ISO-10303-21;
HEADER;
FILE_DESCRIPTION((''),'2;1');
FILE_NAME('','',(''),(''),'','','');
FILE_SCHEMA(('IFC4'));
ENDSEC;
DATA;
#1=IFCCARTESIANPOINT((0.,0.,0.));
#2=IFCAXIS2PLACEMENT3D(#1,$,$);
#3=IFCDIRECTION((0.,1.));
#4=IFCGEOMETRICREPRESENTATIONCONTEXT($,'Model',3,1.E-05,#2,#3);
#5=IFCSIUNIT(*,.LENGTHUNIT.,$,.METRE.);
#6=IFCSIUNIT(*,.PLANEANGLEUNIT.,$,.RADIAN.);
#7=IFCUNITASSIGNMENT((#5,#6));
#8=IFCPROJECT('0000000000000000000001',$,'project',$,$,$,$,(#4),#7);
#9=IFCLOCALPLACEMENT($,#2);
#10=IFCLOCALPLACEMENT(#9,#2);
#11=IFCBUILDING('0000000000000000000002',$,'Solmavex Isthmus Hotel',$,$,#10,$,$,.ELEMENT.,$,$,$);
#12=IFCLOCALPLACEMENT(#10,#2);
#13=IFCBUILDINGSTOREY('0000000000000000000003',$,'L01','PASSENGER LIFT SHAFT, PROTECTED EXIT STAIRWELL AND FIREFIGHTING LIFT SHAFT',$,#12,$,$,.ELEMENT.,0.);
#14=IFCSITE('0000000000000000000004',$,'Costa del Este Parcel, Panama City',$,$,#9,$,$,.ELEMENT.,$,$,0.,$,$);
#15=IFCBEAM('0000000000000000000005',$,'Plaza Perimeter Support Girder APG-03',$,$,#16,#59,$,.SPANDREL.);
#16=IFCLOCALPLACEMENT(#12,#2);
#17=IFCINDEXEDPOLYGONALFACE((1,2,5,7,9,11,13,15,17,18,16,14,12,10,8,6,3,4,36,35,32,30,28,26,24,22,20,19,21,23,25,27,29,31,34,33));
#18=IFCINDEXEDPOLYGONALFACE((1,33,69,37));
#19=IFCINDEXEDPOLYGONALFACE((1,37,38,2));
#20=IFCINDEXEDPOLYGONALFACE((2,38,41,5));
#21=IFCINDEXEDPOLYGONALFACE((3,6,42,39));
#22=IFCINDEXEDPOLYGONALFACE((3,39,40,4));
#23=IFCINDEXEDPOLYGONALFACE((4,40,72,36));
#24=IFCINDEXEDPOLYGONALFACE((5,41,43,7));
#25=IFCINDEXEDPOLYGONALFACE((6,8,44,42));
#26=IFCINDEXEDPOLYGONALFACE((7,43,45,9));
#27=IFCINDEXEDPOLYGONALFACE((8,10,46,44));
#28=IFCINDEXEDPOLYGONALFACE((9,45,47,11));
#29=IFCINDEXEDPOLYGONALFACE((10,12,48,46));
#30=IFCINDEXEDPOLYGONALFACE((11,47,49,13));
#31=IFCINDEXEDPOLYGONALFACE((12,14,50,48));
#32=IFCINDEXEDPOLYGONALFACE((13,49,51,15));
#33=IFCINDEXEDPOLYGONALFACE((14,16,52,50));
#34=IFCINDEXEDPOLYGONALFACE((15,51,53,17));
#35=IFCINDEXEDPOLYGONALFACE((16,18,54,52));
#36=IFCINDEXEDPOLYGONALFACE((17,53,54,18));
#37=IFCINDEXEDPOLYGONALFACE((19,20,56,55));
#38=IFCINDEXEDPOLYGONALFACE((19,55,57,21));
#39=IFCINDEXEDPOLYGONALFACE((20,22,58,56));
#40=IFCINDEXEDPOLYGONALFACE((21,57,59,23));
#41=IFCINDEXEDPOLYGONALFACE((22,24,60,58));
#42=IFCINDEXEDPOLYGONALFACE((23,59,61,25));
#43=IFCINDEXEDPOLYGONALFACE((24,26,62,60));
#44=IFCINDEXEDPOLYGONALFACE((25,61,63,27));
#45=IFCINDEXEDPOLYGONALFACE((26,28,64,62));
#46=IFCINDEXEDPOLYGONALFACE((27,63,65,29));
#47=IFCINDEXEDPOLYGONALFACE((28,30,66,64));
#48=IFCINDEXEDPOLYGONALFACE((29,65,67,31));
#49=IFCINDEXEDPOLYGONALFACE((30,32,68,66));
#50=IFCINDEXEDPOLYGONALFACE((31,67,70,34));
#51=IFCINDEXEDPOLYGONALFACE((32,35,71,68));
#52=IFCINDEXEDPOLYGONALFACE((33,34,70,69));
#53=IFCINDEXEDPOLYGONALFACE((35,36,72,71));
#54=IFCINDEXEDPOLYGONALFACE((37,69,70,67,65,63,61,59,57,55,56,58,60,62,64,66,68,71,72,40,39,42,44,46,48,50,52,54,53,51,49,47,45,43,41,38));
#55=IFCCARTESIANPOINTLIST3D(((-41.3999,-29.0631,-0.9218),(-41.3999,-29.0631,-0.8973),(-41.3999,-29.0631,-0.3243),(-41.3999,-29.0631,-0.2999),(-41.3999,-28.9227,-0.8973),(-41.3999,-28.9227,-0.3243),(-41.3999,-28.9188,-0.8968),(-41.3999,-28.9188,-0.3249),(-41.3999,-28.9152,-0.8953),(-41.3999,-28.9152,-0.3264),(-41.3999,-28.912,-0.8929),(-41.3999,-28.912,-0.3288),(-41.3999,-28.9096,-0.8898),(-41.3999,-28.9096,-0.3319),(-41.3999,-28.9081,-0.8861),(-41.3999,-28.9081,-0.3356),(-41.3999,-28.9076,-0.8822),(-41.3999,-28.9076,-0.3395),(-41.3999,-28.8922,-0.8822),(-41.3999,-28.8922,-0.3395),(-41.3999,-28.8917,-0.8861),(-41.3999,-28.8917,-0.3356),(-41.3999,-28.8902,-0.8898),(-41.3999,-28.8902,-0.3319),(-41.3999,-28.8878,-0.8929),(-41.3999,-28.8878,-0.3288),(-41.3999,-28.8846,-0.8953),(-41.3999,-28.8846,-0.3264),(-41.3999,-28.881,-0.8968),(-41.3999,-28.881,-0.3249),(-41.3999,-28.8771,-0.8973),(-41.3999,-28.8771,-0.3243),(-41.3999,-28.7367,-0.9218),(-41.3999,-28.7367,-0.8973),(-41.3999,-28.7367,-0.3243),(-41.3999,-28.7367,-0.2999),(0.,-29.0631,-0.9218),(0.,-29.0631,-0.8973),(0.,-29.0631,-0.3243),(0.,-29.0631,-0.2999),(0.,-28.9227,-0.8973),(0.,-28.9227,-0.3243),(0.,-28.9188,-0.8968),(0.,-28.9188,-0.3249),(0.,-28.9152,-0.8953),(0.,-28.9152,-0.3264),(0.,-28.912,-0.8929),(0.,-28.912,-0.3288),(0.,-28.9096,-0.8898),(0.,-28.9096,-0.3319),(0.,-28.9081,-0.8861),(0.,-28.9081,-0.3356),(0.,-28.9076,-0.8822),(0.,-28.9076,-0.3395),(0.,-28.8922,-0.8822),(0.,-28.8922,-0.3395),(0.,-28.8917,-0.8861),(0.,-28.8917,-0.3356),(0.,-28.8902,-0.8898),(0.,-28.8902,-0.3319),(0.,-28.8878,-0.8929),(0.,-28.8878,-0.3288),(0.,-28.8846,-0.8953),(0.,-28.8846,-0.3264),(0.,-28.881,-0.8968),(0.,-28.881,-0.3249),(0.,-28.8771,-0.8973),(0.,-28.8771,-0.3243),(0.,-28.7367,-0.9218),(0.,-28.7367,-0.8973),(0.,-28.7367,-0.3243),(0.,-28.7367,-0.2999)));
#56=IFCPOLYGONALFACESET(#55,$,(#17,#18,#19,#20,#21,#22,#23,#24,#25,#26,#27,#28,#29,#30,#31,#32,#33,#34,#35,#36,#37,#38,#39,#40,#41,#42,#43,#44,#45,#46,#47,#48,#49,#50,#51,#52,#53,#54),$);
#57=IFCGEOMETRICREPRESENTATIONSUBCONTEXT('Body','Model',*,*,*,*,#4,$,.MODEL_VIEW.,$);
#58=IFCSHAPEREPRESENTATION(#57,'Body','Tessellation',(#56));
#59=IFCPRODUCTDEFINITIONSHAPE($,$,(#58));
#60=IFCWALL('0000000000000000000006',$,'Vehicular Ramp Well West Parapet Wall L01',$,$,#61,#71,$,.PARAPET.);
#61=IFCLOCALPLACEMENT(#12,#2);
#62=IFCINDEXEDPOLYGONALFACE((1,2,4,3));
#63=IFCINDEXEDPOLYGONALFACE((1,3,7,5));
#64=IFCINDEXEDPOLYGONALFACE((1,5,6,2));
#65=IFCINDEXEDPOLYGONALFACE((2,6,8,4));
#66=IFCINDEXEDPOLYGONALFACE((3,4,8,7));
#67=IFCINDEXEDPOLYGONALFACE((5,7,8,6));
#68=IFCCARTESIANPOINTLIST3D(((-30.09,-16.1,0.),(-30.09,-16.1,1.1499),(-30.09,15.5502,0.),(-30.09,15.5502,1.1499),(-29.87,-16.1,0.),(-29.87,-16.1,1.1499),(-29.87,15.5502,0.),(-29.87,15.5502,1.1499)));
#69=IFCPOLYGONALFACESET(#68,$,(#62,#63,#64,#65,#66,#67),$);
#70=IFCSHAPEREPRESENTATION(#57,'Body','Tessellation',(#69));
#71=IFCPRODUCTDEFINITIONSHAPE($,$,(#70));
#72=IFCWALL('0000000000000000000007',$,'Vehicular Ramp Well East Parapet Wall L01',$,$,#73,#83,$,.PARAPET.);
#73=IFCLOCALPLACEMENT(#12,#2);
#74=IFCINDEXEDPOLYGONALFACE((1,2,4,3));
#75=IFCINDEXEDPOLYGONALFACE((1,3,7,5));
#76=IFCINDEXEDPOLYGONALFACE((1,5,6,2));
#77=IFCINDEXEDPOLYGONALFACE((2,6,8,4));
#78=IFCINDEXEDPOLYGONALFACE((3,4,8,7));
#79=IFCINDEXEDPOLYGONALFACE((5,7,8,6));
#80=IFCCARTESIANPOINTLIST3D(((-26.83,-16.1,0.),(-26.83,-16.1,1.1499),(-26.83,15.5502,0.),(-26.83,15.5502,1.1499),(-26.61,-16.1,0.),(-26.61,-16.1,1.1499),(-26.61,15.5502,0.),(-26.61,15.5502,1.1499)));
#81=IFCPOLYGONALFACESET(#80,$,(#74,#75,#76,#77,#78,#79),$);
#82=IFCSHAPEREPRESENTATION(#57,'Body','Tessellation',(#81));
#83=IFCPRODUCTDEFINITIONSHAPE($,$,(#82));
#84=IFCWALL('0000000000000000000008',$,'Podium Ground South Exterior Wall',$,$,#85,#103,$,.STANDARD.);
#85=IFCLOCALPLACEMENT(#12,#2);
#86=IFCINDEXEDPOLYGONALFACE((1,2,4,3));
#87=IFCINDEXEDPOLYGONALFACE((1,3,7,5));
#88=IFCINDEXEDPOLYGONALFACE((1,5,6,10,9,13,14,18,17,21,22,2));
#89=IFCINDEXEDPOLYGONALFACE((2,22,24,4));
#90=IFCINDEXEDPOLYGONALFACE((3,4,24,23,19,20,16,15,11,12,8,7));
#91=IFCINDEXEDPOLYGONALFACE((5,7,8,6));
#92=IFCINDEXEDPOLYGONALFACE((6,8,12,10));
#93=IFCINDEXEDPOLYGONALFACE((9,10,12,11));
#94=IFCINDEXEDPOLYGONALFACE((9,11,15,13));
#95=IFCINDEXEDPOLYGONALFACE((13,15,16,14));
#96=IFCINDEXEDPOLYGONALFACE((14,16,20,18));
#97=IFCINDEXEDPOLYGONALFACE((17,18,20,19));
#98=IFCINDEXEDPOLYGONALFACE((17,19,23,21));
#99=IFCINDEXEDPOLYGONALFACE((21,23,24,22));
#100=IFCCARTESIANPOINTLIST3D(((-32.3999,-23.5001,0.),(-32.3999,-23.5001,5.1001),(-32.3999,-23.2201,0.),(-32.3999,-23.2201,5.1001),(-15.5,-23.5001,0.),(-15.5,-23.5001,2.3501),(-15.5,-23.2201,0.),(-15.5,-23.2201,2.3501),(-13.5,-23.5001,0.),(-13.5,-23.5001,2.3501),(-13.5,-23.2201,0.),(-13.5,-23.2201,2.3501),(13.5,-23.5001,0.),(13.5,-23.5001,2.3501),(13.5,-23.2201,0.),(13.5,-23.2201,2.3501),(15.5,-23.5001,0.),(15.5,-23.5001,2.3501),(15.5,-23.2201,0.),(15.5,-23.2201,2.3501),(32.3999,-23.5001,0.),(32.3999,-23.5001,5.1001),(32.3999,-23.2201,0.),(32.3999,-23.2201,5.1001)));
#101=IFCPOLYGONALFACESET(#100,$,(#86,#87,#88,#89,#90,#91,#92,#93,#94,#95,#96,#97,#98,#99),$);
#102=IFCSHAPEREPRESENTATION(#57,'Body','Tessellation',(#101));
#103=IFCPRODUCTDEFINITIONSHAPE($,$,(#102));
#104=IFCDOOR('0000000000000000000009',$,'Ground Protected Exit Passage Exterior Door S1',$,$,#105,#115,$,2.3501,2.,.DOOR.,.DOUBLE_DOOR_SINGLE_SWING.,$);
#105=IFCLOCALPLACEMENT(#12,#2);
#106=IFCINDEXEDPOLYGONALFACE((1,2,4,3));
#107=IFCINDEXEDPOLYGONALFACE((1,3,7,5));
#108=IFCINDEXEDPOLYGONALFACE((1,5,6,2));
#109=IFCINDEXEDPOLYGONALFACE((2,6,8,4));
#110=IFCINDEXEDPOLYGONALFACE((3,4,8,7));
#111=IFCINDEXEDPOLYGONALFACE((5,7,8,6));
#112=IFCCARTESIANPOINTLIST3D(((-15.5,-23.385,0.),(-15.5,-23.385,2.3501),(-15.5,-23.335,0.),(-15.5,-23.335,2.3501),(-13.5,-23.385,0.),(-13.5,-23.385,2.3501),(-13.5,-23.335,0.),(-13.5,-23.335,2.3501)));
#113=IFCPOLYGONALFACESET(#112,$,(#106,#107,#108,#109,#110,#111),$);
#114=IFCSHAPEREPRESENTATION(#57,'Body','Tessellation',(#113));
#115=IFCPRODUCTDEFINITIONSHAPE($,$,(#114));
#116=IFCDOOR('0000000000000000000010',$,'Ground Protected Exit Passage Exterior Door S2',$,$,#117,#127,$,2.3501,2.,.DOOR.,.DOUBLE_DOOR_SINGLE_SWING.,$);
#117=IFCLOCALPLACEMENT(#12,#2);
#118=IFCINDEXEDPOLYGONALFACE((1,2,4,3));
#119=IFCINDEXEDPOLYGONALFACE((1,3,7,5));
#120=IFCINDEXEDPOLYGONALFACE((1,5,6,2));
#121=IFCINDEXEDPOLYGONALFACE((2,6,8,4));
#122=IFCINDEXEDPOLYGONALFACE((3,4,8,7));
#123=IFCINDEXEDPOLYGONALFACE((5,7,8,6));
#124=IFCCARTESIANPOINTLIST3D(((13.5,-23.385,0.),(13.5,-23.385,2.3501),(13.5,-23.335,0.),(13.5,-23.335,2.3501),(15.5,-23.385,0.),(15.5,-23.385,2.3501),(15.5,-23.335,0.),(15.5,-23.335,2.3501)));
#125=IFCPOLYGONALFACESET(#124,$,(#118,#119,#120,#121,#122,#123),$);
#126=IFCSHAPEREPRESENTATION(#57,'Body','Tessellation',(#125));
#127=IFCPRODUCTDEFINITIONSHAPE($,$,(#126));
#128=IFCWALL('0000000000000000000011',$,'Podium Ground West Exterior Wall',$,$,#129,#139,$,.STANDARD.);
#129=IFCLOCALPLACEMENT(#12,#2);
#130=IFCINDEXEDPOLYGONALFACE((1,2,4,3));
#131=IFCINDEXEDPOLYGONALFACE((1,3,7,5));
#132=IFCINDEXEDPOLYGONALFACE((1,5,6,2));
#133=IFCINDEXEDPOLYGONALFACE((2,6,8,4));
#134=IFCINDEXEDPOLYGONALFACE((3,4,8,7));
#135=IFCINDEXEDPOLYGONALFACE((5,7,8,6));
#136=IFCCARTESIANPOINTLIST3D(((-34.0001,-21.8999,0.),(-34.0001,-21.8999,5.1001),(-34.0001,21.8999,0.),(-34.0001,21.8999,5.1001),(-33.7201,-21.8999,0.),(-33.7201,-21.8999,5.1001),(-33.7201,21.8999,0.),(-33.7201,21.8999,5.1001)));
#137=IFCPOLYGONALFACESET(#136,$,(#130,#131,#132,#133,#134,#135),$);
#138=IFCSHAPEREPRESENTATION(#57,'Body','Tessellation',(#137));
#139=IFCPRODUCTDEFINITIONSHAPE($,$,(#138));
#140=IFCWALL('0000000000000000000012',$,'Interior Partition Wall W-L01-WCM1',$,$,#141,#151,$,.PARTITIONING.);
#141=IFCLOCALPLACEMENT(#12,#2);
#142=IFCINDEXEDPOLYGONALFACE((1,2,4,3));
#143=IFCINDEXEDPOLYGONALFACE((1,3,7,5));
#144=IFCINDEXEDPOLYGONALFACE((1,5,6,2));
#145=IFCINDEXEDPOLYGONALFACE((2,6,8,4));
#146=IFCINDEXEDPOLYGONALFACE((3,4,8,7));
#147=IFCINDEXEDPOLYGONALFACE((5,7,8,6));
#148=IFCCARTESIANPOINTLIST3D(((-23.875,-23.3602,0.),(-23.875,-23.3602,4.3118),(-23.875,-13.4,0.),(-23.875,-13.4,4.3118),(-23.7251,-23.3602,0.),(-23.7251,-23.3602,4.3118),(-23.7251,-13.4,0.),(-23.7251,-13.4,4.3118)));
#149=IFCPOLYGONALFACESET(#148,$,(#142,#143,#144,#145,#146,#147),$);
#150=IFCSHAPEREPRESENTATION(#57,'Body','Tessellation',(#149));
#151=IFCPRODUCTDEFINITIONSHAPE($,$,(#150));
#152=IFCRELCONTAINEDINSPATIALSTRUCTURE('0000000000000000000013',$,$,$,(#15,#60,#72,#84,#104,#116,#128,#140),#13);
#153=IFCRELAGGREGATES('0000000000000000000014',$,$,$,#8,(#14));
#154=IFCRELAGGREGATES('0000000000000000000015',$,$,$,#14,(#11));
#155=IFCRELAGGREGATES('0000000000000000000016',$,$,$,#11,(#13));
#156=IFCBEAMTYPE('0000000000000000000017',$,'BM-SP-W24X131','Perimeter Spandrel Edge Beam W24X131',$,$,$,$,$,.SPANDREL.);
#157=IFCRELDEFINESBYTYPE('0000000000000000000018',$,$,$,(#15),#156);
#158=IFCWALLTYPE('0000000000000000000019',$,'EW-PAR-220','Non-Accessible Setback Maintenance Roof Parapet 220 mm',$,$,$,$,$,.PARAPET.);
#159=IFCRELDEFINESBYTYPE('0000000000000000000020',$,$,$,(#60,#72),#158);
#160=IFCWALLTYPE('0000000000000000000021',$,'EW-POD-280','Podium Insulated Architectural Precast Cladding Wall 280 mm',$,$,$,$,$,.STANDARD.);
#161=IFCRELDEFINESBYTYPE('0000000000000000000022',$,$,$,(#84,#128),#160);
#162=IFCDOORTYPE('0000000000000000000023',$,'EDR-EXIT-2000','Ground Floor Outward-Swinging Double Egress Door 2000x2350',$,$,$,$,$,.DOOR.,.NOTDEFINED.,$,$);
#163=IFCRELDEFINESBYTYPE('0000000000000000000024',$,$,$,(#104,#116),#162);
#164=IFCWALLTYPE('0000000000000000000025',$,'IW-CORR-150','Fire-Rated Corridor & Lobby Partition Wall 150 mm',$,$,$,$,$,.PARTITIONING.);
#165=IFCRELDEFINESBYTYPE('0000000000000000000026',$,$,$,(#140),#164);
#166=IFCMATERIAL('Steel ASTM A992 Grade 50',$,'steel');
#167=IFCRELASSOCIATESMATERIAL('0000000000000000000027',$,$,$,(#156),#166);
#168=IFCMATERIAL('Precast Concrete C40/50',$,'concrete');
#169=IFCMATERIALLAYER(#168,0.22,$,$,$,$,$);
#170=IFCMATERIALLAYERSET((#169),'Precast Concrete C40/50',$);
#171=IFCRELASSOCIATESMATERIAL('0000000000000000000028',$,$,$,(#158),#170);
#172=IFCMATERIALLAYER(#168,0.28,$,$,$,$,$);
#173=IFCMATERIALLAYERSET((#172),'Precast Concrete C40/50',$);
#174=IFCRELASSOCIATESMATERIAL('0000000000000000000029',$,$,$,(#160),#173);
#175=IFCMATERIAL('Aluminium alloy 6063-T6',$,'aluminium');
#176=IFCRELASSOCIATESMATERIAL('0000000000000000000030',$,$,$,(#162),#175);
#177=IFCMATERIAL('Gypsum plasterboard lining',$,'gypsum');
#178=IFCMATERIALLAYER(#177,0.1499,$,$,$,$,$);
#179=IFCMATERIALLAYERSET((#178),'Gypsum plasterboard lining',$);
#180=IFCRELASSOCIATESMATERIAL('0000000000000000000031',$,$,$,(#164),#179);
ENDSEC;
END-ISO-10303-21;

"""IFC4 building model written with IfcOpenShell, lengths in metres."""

from ifc_helpers import new_model, si_unit, direction, frame, frame_2d, origin, origin_2d, place, context, subcontext, project, spatial, rectangle, i_section, extrude, material, layer, layer_set, material_profile, profile_set, type_object, element, fill, save


model = new_model("IFC4")

# Units and contexts
model_context = context("Model", 3, precision=1e-05, world=origin(), true_north=direction((0.0, 1.0)))
body_context = subcontext(model_context, "Body", "Model", "MODEL_VIEW")
ifc_project = project(units=[si_unit("LENGTHUNIT", "METRE"), si_unit("PLANEANGLEUNIT", "RADIAN")], contexts=[model_context])

# Site, building, storey
site_placement = place(None, origin())
site = spatial("IfcSite", under=ifc_project, at=site_placement, Name="Costa del Este Parcel, Panama City", CompositionType="ELEMENT", RefElevation=0.0)
building_placement = place(site_placement, origin())
building = spatial("IfcBuilding", under=site, at=building_placement, Name="Solmavex Isthmus Hotel", CompositionType="ELEMENT")
storey_placement = place(building_placement, origin())
storey = spatial("IfcBuildingStorey", under=building, at=storey_placement, Name="L01", Description="PASSENGER LIFT SHAFT, PROTECTED EXIT STAIRWELL AND FIREFIGHTING LIFT SHAFT", CompositionType="ELEMENT", Elevation=0.0)

# Beam
ifc_material_1 = material(Name="Steel ASTM A992 Grade 50", Category="steel")
ifc_material_profile_1 = material_profile(ifc_material_1, i_section(OverallWidth=0.3264, OverallDepth=0.6218, WebThickness=0.0154, FlangeThickness=0.0244, FilletRadius=0.0151, at=origin_2d()), Name="W24X131")
ifc_profile_set_1 = profile_set([ifc_material_profile_1], Name="Steel ASTM A992 Grade 50")
beam_type_1 = type_object("IfcBeamType", Name="BM-SP-W24X131", Description="Perimeter Spandrel Edge Beam W24X131", PredefinedType="SPANDREL", material=ifc_profile_set_1)
beam_1_placement = place(storey_placement, frame((-41.3999, -28.8999, -0.6108), z_axis=(1.0, 0.0, 0.0), x_axis=(0.0, 1.0, 0.0)))
element("IfcBeam", 1, at=beam_1_placement, inside=storey, type_object=beam_type_1, Name="Plaza Perimeter Support Girder APG-03", PredefinedType="SPANDREL", context=body_context, shape_type="SweptSolid", body=[
    extrude(i_section(OverallWidth=0.3264, OverallDepth=0.6218, WebThickness=0.0154, FlangeThickness=0.0244, FilletRadius=0.0151, at=origin_2d()), origin(), (0.0, 0.0, 1.0), 41.3999),
])

# Walls
ifc_material_2 = material(Name="Precast Concrete C40/50", Category="concrete")
ifc_layer_1 = layer(ifc_material_2, 0.22)
ifc_layer_set_1 = layer_set([ifc_layer_1], Name="Precast Concrete C40/50")
wall_type_1 = type_object("IfcWallType", Name="EW-PAR-220", Description="Non-Accessible Setback Maintenance Roof Parapet 220 mm", PredefinedType="PARAPET", material=ifc_layer_set_1)
for number, where, z_axis, x_axis, name in (
    (2, (-29.98, -16.1001, 0.0), (0.0, 0.0, 1.0), (0.0, 1.0, 0.0), "Vehicular Ramp Well West Parapet Wall L01"),
    (3, (-26.72, -16.1001, 0.0), (0.0, 0.0, 1.0), (0.0, 1.0, 0.0), "Vehicular Ramp Well East Parapet Wall L01"),
):
    element("IfcWall", number, at=place(storey_placement, frame(where, z_axis=z_axis, x_axis=x_axis)), inside=storey, type_object=wall_type_1, Name=name, PredefinedType="PARAPET", context=body_context, shape_type="SweptSolid", body=[
        extrude(rectangle(XDim=31.6501, YDim=0.22, at=frame_2d((15.8252, 0.0))), origin(), (0.0, 0.0, 1.0), 1.1499),
    ])

# Wall, openings, doors
ifc_layer_2 = layer(ifc_material_2, 0.28)
ifc_layer_set_2 = layer_set([ifc_layer_2], Name="Precast Concrete C40/50")
wall_type_2 = type_object("IfcWallType", Name="EW-POD-280", Description="Podium Insulated Architectural Precast Cladding Wall 280 mm", PredefinedType="STANDARD", material=ifc_layer_set_2)
wall_1_placement = place(storey_placement, frame((-32.3999, -23.3601, 0.0), z_axis=(0.0, 0.0, 1.0), x_axis=(1.0, 0.0, 0.0)))
wall_1 = element("IfcWall", 4, at=wall_1_placement, inside=storey, type_object=wall_type_2, Name="Podium Ground South Exterior Wall", PredefinedType="STANDARD", context=body_context, shape_type="SweptSolid", body=[
    extrude(rectangle(XDim=64.7998, YDim=0.28, at=frame_2d((32.3999, 0.0))), origin(), (0.0, 0.0, 1.0), 5.1001),
])
opening_1_placement = place(wall_1_placement, frame((16.8999, 0.0, 0.0)))
opening_1 = element("IfcOpeningElement", 5, at=opening_1_placement, cuts=wall_1, PredefinedType="OPENING", context=body_context, shape_type="SweptSolid", body=[
    extrude(rectangle(XDim=2.0, YDim=2.3501, at=frame_2d((1.0, 1.175))), frame((0.0, 0.1499, 0.0), z_axis=(0.0, -1.0, 0.0), x_axis=(1.0, 0.0, 0.0)), (0.0, 0.0, 1.0), 0.3),
])
opening_2_placement = place(wall_1_placement, frame((45.8999, 0.0, 0.0)))
opening_2 = element("IfcOpeningElement", 6, at=opening_2_placement, cuts=wall_1, PredefinedType="OPENING", context=body_context, shape_type="SweptSolid", body=[
    extrude(rectangle(XDim=2.0, YDim=2.3501, at=frame_2d((1.0, 1.175))), frame((0.0, 0.1499, 0.0), z_axis=(0.0, -1.0, 0.0), x_axis=(1.0, 0.0, 0.0)), (0.0, 0.0, 1.0), 0.3),
])
ifc_material_3 = material(Name="Aluminium alloy 6063-T6", Category="aluminium")
door_type_1 = type_object("IfcDoorType", Name="EDR-EXIT-2000", Description="Ground Floor Outward-Swinging Double Egress Door 2000x2350", OperationType="NOTDEFINED", PredefinedType="DOOR", material=ifc_material_3)
door_1_placement = place(opening_1_placement, frame((2.0, 0.0, 0.0), z_axis=(0.0, 0.0, 1.0), x_axis=(-1.0, 0.0, 0.0)))
door_1 = element("IfcDoor", 7, at=door_1_placement, inside=storey, type_object=door_type_1, Name="Ground Protected Exit Passage Exterior Door S1", OperationType="DOUBLE_DOOR_SINGLE_SWING", OverallHeight=2.3501, OverallWidth=2.0, PredefinedType="DOOR", context=body_context, shape_type="SweptSolid", body=[
    extrude(rectangle(XDim=2.0, YDim=2.3501, at=frame_2d((1.0, 1.175))), frame((0.0, 0.0249, 0.0), z_axis=(0.0, -1.0, 0.0), x_axis=(1.0, 0.0, 0.0)), (0.0, 0.0, 1.0), 0.05),
])
fill(opening_1, door_1)
door_2_placement = place(opening_2_placement, frame((2.0, 0.0, 0.0), z_axis=(0.0, 0.0, 1.0), x_axis=(-1.0, 0.0, 0.0)))
door_2 = element("IfcDoor", 8, at=door_2_placement, inside=storey, type_object=door_type_1, Name="Ground Protected Exit Passage Exterior Door S2", OperationType="DOUBLE_DOOR_SINGLE_SWING", OverallHeight=2.3501, OverallWidth=2.0, PredefinedType="DOOR", context=body_context, shape_type="SweptSolid", body=[
    extrude(rectangle(XDim=2.0, YDim=2.3501, at=frame_2d((1.0, 1.175))), frame((0.0, 0.0249, 0.0), z_axis=(0.0, -1.0, 0.0), x_axis=(1.0, 0.0, 0.0)), (0.0, 0.0, 1.0), 0.05),
])
fill(opening_2, door_2)

# Walls
wall_2_placement = place(storey_placement, frame((-33.8601, -21.8999, 0.0), z_axis=(0.0, 0.0, 1.0), x_axis=(0.0, 1.0, 0.0)))
element("IfcWall", 9, at=wall_2_placement, inside=storey, type_object=wall_type_2, Name="Podium Ground West Exterior Wall", PredefinedType="STANDARD", context=body_context, shape_type="SweptSolid", body=[
    extrude(rectangle(XDim=43.7998, YDim=0.28, at=frame_2d((21.8999, 0.0))), origin(), (0.0, 0.0, 1.0), 5.1001),
])
ifc_material_4 = material(Name="Gypsum plasterboard lining", Category="gypsum")
ifc_layer_3 = layer(ifc_material_4, 0.1499)
ifc_layer_set_3 = layer_set([ifc_layer_3], Name="Gypsum plasterboard lining")
wall_type_3 = type_object("IfcWallType", Name="IW-CORR-150", Description="Fire-Rated Corridor & Lobby Partition Wall 150 mm", PredefinedType="PARTITIONING", material=ifc_layer_set_3)
wall_3_placement = place(storey_placement, frame((-23.8, -23.3601, 0.0), z_axis=(0.0, 0.0, 1.0), x_axis=(0.0, 1.0, 0.0)))
element("IfcWall", 10, at=wall_3_placement, inside=storey, type_object=wall_type_3, Name="Interior Partition Wall W-L01-WCM1", PredefinedType="PARTITIONING", context=body_context, shape_type="SweptSolid", body=[
    extrude(rectangle(XDim=9.9602, YDim=0.1499, at=frame_2d((4.98, 0.0))), origin(), (0.0, 0.0, 1.0), 4.3118),
])

save(model, "model.ifc")
